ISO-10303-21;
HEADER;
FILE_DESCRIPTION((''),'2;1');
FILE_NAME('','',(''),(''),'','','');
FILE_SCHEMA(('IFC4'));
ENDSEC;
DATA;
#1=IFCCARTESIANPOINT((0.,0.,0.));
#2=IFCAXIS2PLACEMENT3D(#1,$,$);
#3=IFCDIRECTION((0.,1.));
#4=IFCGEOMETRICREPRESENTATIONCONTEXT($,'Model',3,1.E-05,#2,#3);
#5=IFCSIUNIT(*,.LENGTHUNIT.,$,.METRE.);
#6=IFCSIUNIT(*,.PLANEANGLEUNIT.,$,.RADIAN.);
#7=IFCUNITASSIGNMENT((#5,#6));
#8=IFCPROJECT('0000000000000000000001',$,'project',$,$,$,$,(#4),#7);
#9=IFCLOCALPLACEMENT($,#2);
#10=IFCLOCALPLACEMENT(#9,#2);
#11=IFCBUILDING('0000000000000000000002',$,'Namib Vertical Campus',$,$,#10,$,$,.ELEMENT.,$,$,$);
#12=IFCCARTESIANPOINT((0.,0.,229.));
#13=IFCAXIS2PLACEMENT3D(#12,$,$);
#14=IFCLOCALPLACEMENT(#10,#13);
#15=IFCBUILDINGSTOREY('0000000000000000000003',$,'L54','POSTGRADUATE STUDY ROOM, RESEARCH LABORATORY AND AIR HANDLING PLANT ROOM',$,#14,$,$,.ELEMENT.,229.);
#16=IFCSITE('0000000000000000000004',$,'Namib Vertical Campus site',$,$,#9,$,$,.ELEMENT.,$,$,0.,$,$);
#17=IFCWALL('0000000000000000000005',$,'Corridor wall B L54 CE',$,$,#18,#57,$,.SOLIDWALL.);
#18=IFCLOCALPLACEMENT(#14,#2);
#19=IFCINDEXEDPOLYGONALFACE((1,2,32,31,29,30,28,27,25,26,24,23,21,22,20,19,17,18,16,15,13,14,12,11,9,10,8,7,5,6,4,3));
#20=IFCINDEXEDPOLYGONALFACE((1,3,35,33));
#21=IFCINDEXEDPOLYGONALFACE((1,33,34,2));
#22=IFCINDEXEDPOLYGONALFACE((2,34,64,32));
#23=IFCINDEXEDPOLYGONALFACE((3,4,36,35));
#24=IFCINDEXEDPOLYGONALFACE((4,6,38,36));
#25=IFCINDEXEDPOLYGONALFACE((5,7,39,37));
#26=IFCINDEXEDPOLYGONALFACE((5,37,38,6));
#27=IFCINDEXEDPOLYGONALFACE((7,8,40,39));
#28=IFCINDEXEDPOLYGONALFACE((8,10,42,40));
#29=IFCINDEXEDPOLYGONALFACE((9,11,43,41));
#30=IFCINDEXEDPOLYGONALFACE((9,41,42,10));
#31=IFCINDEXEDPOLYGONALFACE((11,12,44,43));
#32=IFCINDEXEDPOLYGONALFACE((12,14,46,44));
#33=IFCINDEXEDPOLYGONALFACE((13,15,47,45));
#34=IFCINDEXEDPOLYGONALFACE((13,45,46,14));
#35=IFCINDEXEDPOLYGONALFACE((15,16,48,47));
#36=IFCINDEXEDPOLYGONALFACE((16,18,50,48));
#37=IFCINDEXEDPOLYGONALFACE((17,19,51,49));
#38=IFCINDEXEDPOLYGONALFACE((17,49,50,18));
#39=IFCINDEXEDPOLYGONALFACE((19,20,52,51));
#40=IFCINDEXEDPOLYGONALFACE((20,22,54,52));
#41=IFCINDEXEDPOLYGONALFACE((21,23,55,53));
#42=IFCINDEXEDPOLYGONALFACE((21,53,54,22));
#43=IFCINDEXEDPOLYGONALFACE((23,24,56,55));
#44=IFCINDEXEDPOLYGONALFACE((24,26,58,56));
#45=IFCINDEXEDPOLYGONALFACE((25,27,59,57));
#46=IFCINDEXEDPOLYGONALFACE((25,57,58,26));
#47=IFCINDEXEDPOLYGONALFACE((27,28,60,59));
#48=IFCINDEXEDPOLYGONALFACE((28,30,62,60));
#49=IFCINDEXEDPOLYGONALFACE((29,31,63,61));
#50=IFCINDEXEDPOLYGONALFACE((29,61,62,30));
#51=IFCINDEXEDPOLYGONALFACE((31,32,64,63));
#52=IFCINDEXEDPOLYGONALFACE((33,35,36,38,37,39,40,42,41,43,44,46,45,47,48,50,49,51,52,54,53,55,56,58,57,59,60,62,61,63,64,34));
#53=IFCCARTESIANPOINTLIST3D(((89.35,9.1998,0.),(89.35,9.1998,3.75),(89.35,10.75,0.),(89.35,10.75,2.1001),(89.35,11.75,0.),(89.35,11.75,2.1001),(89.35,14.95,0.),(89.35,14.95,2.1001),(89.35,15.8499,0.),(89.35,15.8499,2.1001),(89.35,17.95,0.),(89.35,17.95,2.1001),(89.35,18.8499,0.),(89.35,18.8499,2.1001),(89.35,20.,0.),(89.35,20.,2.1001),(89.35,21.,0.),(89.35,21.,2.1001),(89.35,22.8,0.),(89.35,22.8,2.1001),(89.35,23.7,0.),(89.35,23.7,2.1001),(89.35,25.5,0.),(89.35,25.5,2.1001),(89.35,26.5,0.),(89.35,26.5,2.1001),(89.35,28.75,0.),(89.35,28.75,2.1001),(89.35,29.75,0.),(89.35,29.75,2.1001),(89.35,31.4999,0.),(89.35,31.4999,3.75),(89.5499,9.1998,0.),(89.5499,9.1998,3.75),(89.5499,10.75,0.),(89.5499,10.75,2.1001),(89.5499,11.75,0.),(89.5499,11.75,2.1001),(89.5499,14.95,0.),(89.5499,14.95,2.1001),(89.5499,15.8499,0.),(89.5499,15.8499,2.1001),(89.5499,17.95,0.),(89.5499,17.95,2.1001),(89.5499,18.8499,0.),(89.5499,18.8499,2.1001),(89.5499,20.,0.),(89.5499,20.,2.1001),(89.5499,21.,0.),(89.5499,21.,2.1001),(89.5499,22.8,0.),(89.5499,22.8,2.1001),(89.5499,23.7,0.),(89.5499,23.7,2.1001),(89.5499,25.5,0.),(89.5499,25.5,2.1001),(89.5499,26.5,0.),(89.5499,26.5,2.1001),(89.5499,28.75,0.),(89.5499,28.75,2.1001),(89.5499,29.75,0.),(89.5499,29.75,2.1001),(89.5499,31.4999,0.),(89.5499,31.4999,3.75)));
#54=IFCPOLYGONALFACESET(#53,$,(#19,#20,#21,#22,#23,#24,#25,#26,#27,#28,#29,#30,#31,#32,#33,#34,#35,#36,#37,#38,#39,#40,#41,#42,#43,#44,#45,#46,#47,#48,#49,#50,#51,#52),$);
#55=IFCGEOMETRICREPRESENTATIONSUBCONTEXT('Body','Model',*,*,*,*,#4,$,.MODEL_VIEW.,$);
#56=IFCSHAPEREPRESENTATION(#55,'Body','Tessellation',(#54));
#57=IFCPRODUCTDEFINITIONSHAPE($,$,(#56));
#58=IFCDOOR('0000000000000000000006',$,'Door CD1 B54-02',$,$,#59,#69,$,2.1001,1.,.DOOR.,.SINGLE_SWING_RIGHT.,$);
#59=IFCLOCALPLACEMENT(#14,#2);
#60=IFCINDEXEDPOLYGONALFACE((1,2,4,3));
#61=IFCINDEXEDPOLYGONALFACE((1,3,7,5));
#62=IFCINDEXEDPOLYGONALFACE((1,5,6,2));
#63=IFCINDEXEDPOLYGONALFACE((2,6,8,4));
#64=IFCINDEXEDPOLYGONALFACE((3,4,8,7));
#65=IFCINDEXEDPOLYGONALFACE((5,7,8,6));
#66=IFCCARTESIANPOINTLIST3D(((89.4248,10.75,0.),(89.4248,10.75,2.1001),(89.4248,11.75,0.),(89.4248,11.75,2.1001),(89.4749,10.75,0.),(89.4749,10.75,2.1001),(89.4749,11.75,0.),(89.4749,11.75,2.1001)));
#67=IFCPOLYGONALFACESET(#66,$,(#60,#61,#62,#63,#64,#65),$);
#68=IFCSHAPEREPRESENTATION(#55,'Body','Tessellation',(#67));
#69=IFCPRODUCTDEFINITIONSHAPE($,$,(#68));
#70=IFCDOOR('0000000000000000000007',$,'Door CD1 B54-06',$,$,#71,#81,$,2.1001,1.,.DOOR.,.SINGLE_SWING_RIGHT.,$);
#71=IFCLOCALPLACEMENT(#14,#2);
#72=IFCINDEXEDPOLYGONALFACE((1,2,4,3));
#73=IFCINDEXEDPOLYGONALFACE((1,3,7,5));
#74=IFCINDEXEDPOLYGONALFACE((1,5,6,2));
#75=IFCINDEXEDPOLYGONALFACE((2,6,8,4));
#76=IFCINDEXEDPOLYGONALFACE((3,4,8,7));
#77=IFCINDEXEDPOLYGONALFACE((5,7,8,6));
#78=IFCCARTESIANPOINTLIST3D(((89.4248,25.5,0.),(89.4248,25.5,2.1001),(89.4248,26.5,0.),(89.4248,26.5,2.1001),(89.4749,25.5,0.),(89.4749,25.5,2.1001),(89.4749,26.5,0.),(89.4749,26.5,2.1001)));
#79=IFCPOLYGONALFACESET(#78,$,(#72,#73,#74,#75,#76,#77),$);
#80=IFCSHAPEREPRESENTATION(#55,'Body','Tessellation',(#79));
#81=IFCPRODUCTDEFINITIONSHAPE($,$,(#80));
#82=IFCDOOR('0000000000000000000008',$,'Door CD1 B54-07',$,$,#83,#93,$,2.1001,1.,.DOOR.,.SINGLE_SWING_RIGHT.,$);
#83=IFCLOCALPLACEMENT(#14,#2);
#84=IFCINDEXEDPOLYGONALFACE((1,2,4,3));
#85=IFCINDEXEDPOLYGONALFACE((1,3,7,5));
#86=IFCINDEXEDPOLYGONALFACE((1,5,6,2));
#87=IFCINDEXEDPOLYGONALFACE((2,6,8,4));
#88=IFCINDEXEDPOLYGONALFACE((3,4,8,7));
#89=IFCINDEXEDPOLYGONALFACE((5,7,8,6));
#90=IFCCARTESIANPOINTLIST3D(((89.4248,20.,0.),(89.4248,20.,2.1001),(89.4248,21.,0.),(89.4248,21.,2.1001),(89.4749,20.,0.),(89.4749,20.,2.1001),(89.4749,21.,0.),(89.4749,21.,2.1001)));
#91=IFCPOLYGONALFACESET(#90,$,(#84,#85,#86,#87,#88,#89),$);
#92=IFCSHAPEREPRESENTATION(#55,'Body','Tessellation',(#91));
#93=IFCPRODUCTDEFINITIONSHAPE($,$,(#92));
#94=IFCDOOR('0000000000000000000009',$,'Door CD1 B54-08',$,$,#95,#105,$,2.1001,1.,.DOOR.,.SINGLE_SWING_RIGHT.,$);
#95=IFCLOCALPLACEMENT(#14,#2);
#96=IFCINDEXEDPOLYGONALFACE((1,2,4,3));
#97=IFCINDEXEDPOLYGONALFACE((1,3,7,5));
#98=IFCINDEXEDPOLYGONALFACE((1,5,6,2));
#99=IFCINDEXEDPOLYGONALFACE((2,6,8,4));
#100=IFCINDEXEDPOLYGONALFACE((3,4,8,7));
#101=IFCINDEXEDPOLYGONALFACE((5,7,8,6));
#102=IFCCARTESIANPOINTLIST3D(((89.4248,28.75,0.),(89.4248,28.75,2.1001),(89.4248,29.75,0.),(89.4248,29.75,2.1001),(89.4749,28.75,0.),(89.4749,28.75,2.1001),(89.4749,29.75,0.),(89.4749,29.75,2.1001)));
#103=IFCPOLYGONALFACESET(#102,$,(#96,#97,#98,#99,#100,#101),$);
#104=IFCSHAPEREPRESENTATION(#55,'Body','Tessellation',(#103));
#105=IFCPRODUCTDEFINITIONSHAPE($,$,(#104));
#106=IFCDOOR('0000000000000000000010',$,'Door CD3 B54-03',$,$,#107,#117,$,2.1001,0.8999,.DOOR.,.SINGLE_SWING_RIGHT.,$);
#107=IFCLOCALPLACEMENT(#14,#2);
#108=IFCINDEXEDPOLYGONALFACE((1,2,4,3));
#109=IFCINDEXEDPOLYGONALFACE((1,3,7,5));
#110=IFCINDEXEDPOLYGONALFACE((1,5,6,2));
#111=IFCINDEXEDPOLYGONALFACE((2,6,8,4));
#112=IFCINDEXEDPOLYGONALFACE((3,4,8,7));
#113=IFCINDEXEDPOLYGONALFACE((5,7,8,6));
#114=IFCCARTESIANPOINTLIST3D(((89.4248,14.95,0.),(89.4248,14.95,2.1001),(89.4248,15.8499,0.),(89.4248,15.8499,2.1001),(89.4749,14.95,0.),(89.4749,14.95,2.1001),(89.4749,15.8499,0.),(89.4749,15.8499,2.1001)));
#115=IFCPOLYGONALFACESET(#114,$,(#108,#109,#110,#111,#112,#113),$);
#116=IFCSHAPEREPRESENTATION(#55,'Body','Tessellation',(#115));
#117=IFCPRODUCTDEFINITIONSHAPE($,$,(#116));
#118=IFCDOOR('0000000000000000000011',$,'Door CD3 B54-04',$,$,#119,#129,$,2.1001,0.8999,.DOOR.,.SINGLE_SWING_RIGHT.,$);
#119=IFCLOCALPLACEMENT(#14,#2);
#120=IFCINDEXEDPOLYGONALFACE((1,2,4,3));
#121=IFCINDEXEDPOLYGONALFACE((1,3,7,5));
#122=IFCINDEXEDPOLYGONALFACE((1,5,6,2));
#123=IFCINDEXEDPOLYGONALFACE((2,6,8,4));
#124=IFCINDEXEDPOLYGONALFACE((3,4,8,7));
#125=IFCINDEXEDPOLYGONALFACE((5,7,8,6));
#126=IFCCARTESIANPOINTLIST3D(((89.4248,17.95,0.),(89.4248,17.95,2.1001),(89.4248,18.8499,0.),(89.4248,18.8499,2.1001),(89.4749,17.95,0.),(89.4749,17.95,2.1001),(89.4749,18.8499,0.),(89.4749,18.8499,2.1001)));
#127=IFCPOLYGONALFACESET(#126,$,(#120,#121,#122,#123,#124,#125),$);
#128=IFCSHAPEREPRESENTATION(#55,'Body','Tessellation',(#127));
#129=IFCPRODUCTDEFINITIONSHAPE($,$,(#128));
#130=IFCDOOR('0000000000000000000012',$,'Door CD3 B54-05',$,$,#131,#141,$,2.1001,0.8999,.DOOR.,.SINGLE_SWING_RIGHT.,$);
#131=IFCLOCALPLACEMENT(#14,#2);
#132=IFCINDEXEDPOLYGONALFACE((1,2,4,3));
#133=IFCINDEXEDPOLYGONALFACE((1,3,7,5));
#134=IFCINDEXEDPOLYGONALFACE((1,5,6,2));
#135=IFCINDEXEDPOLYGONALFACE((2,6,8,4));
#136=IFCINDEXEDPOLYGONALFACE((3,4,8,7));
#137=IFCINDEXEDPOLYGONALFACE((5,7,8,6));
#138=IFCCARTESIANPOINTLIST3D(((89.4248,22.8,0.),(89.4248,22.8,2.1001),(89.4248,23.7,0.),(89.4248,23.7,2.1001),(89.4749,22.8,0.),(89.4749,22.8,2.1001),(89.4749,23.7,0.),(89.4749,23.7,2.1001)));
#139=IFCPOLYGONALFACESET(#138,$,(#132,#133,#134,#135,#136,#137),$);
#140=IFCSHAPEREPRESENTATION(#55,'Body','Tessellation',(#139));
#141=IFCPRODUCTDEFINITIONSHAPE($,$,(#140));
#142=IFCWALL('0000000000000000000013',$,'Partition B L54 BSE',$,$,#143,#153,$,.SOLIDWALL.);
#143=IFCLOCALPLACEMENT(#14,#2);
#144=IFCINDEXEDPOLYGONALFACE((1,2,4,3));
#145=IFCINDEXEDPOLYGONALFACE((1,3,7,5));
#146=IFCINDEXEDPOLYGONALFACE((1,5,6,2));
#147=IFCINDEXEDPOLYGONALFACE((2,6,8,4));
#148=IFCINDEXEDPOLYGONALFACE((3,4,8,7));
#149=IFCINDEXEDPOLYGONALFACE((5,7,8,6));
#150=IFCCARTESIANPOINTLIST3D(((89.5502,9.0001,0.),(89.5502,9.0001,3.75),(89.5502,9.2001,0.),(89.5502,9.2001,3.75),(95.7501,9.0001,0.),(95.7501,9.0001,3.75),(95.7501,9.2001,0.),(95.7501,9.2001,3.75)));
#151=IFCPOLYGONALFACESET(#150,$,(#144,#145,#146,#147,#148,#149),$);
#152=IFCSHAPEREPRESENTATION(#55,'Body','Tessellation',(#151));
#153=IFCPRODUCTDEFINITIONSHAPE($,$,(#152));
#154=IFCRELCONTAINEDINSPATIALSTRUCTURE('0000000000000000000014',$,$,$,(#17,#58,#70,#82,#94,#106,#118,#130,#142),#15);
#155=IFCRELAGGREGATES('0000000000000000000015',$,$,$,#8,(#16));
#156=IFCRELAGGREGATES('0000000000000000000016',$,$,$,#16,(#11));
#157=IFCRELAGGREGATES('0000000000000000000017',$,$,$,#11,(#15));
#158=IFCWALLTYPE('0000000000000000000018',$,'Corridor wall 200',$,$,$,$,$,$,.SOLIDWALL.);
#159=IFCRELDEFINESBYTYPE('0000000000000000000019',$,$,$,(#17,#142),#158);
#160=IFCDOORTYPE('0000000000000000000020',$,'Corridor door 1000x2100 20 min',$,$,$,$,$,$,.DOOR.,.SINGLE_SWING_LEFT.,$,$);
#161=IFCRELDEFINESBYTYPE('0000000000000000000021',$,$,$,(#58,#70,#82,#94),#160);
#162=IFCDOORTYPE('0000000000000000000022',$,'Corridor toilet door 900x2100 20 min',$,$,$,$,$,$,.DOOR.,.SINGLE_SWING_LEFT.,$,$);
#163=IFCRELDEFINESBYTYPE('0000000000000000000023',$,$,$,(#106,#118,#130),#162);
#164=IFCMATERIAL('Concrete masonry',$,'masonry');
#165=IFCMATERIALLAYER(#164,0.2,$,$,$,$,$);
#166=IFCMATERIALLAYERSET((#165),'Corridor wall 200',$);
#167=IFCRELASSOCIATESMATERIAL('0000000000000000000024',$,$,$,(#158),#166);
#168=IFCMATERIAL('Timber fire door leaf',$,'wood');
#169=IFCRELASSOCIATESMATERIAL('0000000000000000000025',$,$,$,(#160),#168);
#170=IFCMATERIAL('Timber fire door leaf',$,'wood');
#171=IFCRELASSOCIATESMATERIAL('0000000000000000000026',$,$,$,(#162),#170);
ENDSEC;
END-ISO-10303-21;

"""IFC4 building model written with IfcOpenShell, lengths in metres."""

from ifc_helpers import new_model, si_unit, direction, frame, frame_2d, origin, place, context, subcontext, project, spatial, rectangle, extrude, material, layer, layer_set, type_object, element, fill, save


model = new_model("IFC4")

# Units and contexts
model_context = context("Model", 3, precision=1e-05, world=origin(), true_north=direction((0.0, 1.0)))
body_context = subcontext(model_context, "Body", "Model", "MODEL_VIEW")
ifc_project = project(units=[si_unit("LENGTHUNIT", "METRE"), si_unit("PLANEANGLEUNIT", "RADIAN")], contexts=[model_context])

# Site, building, storey
site_placement = place(None, origin())
site = spatial("IfcSite", under=ifc_project, at=site_placement, Name="Namib Vertical Campus site", CompositionType="ELEMENT", RefElevation=0.0)
building_placement = place(site_placement, origin())
building = spatial("IfcBuilding", under=site, at=building_placement, Name="Namib Vertical Campus", CompositionType="ELEMENT")
storey_placement = place(building_placement, frame((0.0, 0.0, 229.0)))
storey = spatial("IfcBuildingStorey", under=building, at=storey_placement, Name="L54", Description="POSTGRADUATE STUDY ROOM, RESEARCH LABORATORY AND AIR HANDLING PLANT ROOM", CompositionType="ELEMENT", Elevation=229.0)

# Wall, openings, doors
ifc_material_1 = material(Name="Concrete masonry", Category="masonry")
ifc_layer_1 = layer(ifc_material_1, 0.2)
ifc_layer_set_1 = layer_set([ifc_layer_1], Name="Corridor wall 200")
wall_type_1 = type_object("IfcWallType", Name="Corridor wall 200", PredefinedType="SOLIDWALL", material=ifc_layer_set_1)
wall_1_placement = place(storey_placement, frame((89.45, 9.2, 0.0), z_axis=(0.0, 0.0, 1.0), x_axis=(0.0, 1.0, 0.0)))
wall_1 = element("IfcWall", 1, at=wall_1_placement, inside=storey, type_object=wall_type_1, Name="Corridor wall B L54 CE", PredefinedType="SOLIDWALL", context=body_context, shape_type="SweptSolid", body=[
    extrude(rectangle(XDim=22.3, YDim=0.2, at=frame_2d((11.1499, 0.0))), origin(), (0.0, 0.0, 1.0), 3.75),
])
opening_1_placement = place(wall_1_placement, frame((1.55, 0.0, 0.0)))
opening_1 = element("IfcOpeningElement", 2, at=opening_1_placement, cuts=wall_1, PredefinedType="OPENING", context=body_context, shape_type="SweptSolid", body=[
    extrude(rectangle(XDim=1.0, YDim=2.1001, at=frame_2d((0.5, 1.05))), frame((0.0, 0.1099, 0.0), z_axis=(0.0, -1.0, 0.0), x_axis=(1.0, 0.0, 0.0)), (0.0, 0.0, 1.0), 0.22),
])
opening_2_placement = place(wall_1_placement, frame((5.75, 0.0, 0.0)))
opening_2 = element("IfcOpeningElement", 3, at=opening_2_placement, cuts=wall_1, PredefinedType="OPENING", context=body_context, shape_type="SweptSolid", body=[
    extrude(rectangle(XDim=0.8999, YDim=2.1001, at=frame_2d((0.45, 1.05))), frame((0.0, 0.1099, 0.0), z_axis=(0.0, -1.0, 0.0), x_axis=(1.0, 0.0, 0.0)), (0.0, 0.0, 1.0), 0.22),
])
opening_3_placement = place(wall_1_placement, frame((8.75, 0.0, 0.0)))
opening_3 = element("IfcOpeningElement", 4, at=opening_3_placement, cuts=wall_1, PredefinedType="OPENING", context=body_context, shape_type="SweptSolid", body=[
    extrude(rectangle(XDim=0.8999, YDim=2.1001, at=frame_2d((0.45, 1.05))), frame((0.0, 0.1099, 0.0), z_axis=(0.0, -1.0, 0.0), x_axis=(1.0, 0.0, 0.0)), (0.0, 0.0, 1.0), 0.22),
])
opening_4_placement = place(wall_1_placement, frame((13.6001, 0.0, 0.0)))
opening_4 = element("IfcOpeningElement", 5, at=opening_4_placement, cuts=wall_1, PredefinedType="OPENING", context=body_context, shape_type="SweptSolid", body=[
    extrude(rectangle(XDim=0.8999, YDim=2.1001, at=frame_2d((0.45, 1.05))), frame((0.0, 0.1099, 0.0), z_axis=(0.0, -1.0, 0.0), x_axis=(1.0, 0.0, 0.0)), (0.0, 0.0, 1.0), 0.22),
])
opening_5_placement = place(wall_1_placement, frame((16.3, 0.0, 0.0)))
opening_5 = element("IfcOpeningElement", 6, at=opening_5_placement, cuts=wall_1, PredefinedType="OPENING", context=body_context, shape_type="SweptSolid", body=[
    extrude(rectangle(XDim=1.0, YDim=2.1001, at=frame_2d((0.5, 1.05))), frame((0.0, 0.1099, 0.0), z_axis=(0.0, -1.0, 0.0), x_axis=(1.0, 0.0, 0.0)), (0.0, 0.0, 1.0), 0.22),
])
opening_6_placement = place(wall_1_placement, frame((10.8, 0.0, 0.0)))
opening_6 = element("IfcOpeningElement", 7, at=opening_6_placement, cuts=wall_1, PredefinedType="OPENING", context=body_context, shape_type="SweptSolid", body=[
    extrude(rectangle(XDim=1.0, YDim=2.1001, at=frame_2d((0.5, 1.05))), frame((0.0, 0.1099, 0.0), z_axis=(0.0, -1.0, 0.0), x_axis=(1.0, 0.0, 0.0)), (0.0, 0.0, 1.0), 0.22),
])
opening_7_placement = place(wall_1_placement, frame((19.55, 0.0, 0.0)))
opening_7 = element("IfcOpeningElement", 8, at=opening_7_placement, cuts=wall_1, PredefinedType="OPENING", context=body_context, shape_type="SweptSolid", body=[
    extrude(rectangle(XDim=1.0, YDim=2.1001, at=frame_2d((0.5, 1.05))), frame((0.0, 0.1099, 0.0), z_axis=(0.0, -1.0, 0.0), x_axis=(1.0, 0.0, 0.0)), (0.0, 0.0, 1.0), 0.22),
])
ifc_material_2 = material(Name="Timber fire door leaf", Category="wood")
door_type_1 = type_object("IfcDoorType", Name="Corridor door 1000x2100 20 min", OperationType="SINGLE_SWING_LEFT", PredefinedType="DOOR", material=ifc_material_2)
door_1_placement = place(opening_1_placement, frame((1.0, 0.0, 0.0), z_axis=(0.0, 0.0, 1.0), x_axis=(-1.0, 0.0, 0.0)))
door_1 = element("IfcDoor", 9, at=door_1_placement, inside=storey, type_object=door_type_1, Name="Door CD1 B54-02", OperationType="SINGLE_SWING_RIGHT", OverallHeight=2.1001, OverallWidth=1.0, PredefinedType="DOOR", context=body_context, shape_type="SweptSolid", body=[
    extrude(rectangle(XDim=1.0, YDim=2.1001, at=frame_2d((0.5, 1.05))), frame((0.0, 0.0249, 0.0), z_axis=(0.0, -1.0, 0.0), x_axis=(1.0, 0.0, 0.0)), (0.0, 0.0, 1.0), 0.05),
])
fill(opening_1, door_1)
door_2_placement = place(opening_5_placement, frame((1.0, 0.0, 0.0), z_axis=(0.0, 0.0, 1.0), x_axis=(-1.0, 0.0, 0.0)))
door_2 = element("IfcDoor", 10, at=door_2_placement, inside=storey, type_object=door_type_1, Name="Door CD1 B54-06", OperationType="SINGLE_SWING_RIGHT", OverallHeight=2.1001, OverallWidth=1.0, PredefinedType="DOOR", context=body_context, shape_type="SweptSolid", body=[
    extrude(rectangle(XDim=1.0, YDim=2.1001, at=frame_2d((0.5, 1.05))), frame((0.0, 0.0249, 0.0), z_axis=(0.0, -1.0, 0.0), x_axis=(1.0, 0.0, 0.0)), (0.0, 0.0, 1.0), 0.05),
])
fill(opening_5, door_2)
door_3_placement = place(opening_6_placement, frame((1.0, 0.0, 0.0), z_axis=(0.0, 0.0, 1.0), x_axis=(-1.0, 0.0, 0.0)))
door_3 = element("IfcDoor", 11, at=door_3_placement, inside=storey, type_object=door_type_1, Name="Door CD1 B54-07", OperationType="SINGLE_SWING_RIGHT", OverallHeight=2.1001, OverallWidth=1.0, PredefinedType="DOOR", context=body_context, shape_type="SweptSolid", body=[
    extrude(rectangle(XDim=1.0, YDim=2.1001, at=frame_2d((0.5, 1.05))), frame((0.0, 0.0249, 0.0), z_axis=(0.0, -1.0, 0.0), x_axis=(1.0, 0.0, 0.0)), (0.0, 0.0, 1.0), 0.05),
])
fill(opening_6, door_3)
door_4_placement = place(opening_7_placement, frame((1.0, 0.0, 0.0), z_axis=(0.0, 0.0, 1.0), x_axis=(-1.0, 0.0, 0.0)))
door_4 = element("IfcDoor", 12, at=door_4_placement, inside=storey, type_object=door_type_1, Name="Door CD1 B54-08", OperationType="SINGLE_SWING_RIGHT", OverallHeight=2.1001, OverallWidth=1.0, PredefinedType="DOOR", context=body_context, shape_type="SweptSolid", body=[
    extrude(rectangle(XDim=1.0, YDim=2.1001, at=frame_2d((0.5, 1.05))), frame((0.0, 0.0249, 0.0), z_axis=(0.0, -1.0, 0.0), x_axis=(1.0, 0.0, 0.0)), (0.0, 0.0, 1.0), 0.05),
])
fill(opening_7, door_4)
ifc_material_3 = material(Name="Timber fire door leaf", Category="wood")
door_type_2 = type_object("IfcDoorType", Name="Corridor toilet door 900x2100 20 min", OperationType="SINGLE_SWING_LEFT", PredefinedType="DOOR", material=ifc_material_3)
door_5_placement = place(opening_2_placement, frame((0.8999, 0.0, 0.0), z_axis=(0.0, 0.0, 1.0), x_axis=(-1.0, 0.0, 0.0)))
door_5 = element("IfcDoor", 13, at=door_5_placement, inside=storey, type_object=door_type_2, Name="Door CD3 B54-03", OperationType="SINGLE_SWING_RIGHT", OverallHeight=2.1001, OverallWidth=0.8999, PredefinedType="DOOR", context=body_context, shape_type="SweptSolid", body=[
    extrude(rectangle(XDim=0.8999, YDim=2.1001, at=frame_2d((0.45, 1.05))), frame((0.0, 0.0249, 0.0), z_axis=(0.0, -1.0, 0.0), x_axis=(1.0, 0.0, 0.0)), (0.0, 0.0, 1.0), 0.05),
])
fill(opening_2, door_5)
door_6_placement = place(opening_3_placement, frame((0.8999, 0.0, 0.0), z_axis=(0.0, 0.0, 1.0), x_axis=(-1.0, 0.0, 0.0)))
door_6 = element("IfcDoor", 14, at=door_6_placement, inside=storey, type_object=door_type_2, Name="Door CD3 B54-04", OperationType="SINGLE_SWING_RIGHT", OverallHeight=2.1001, OverallWidth=0.8999, PredefinedType="DOOR", context=body_context, shape_type="SweptSolid", body=[
    extrude(rectangle(XDim=0.8999, YDim=2.1001, at=frame_2d((0.45, 1.05))), frame((0.0, 0.0249, 0.0), z_axis=(0.0, -1.0, 0.0), x_axis=(1.0, 0.0, 0.0)), (0.0, 0.0, 1.0), 0.05),
])
fill(opening_3, door_6)
door_7_placement = place(opening_4_placement, frame((0.8999, 0.0, 0.0), z_axis=(0.0, 0.0, 1.0), x_axis=(-1.0, 0.0, 0.0)))
door_7 = element("IfcDoor", 15, at=door_7_placement, inside=storey, type_object=door_type_2, Name="Door CD3 B54-05", OperationType="SINGLE_SWING_RIGHT", OverallHeight=2.1001, OverallWidth=0.8999, PredefinedType="DOOR", context=body_context, shape_type="SweptSolid", body=[
    extrude(rectangle(XDim=0.8999, YDim=2.1001, at=frame_2d((0.45, 1.05))), frame((0.0, 0.0249, 0.0), z_axis=(0.0, -1.0, 0.0), x_axis=(1.0, 0.0, 0.0)), (0.0, 0.0, 1.0), 0.05),
])
fill(opening_4, door_7)

# Wall
wall_2_placement = place(storey_placement, frame((89.55, 9.1001, 0.0), z_axis=(0.0, 0.0, 1.0), x_axis=(1.0, 0.0, 0.0)))
element("IfcWall", 16, at=wall_2_placement, inside=storey, type_object=wall_type_1, Name="Partition B L54 BSE", PredefinedType="SOLIDWALL", context=body_context, shape_type="SweptSolid", body=[
    extrude(rectangle(XDim=6.2, YDim=0.2, at=frame_2d((3.1001, 0.0))), origin(), (0.0, 0.0, 1.0), 3.75),
])

save(model, "model.ifc")
